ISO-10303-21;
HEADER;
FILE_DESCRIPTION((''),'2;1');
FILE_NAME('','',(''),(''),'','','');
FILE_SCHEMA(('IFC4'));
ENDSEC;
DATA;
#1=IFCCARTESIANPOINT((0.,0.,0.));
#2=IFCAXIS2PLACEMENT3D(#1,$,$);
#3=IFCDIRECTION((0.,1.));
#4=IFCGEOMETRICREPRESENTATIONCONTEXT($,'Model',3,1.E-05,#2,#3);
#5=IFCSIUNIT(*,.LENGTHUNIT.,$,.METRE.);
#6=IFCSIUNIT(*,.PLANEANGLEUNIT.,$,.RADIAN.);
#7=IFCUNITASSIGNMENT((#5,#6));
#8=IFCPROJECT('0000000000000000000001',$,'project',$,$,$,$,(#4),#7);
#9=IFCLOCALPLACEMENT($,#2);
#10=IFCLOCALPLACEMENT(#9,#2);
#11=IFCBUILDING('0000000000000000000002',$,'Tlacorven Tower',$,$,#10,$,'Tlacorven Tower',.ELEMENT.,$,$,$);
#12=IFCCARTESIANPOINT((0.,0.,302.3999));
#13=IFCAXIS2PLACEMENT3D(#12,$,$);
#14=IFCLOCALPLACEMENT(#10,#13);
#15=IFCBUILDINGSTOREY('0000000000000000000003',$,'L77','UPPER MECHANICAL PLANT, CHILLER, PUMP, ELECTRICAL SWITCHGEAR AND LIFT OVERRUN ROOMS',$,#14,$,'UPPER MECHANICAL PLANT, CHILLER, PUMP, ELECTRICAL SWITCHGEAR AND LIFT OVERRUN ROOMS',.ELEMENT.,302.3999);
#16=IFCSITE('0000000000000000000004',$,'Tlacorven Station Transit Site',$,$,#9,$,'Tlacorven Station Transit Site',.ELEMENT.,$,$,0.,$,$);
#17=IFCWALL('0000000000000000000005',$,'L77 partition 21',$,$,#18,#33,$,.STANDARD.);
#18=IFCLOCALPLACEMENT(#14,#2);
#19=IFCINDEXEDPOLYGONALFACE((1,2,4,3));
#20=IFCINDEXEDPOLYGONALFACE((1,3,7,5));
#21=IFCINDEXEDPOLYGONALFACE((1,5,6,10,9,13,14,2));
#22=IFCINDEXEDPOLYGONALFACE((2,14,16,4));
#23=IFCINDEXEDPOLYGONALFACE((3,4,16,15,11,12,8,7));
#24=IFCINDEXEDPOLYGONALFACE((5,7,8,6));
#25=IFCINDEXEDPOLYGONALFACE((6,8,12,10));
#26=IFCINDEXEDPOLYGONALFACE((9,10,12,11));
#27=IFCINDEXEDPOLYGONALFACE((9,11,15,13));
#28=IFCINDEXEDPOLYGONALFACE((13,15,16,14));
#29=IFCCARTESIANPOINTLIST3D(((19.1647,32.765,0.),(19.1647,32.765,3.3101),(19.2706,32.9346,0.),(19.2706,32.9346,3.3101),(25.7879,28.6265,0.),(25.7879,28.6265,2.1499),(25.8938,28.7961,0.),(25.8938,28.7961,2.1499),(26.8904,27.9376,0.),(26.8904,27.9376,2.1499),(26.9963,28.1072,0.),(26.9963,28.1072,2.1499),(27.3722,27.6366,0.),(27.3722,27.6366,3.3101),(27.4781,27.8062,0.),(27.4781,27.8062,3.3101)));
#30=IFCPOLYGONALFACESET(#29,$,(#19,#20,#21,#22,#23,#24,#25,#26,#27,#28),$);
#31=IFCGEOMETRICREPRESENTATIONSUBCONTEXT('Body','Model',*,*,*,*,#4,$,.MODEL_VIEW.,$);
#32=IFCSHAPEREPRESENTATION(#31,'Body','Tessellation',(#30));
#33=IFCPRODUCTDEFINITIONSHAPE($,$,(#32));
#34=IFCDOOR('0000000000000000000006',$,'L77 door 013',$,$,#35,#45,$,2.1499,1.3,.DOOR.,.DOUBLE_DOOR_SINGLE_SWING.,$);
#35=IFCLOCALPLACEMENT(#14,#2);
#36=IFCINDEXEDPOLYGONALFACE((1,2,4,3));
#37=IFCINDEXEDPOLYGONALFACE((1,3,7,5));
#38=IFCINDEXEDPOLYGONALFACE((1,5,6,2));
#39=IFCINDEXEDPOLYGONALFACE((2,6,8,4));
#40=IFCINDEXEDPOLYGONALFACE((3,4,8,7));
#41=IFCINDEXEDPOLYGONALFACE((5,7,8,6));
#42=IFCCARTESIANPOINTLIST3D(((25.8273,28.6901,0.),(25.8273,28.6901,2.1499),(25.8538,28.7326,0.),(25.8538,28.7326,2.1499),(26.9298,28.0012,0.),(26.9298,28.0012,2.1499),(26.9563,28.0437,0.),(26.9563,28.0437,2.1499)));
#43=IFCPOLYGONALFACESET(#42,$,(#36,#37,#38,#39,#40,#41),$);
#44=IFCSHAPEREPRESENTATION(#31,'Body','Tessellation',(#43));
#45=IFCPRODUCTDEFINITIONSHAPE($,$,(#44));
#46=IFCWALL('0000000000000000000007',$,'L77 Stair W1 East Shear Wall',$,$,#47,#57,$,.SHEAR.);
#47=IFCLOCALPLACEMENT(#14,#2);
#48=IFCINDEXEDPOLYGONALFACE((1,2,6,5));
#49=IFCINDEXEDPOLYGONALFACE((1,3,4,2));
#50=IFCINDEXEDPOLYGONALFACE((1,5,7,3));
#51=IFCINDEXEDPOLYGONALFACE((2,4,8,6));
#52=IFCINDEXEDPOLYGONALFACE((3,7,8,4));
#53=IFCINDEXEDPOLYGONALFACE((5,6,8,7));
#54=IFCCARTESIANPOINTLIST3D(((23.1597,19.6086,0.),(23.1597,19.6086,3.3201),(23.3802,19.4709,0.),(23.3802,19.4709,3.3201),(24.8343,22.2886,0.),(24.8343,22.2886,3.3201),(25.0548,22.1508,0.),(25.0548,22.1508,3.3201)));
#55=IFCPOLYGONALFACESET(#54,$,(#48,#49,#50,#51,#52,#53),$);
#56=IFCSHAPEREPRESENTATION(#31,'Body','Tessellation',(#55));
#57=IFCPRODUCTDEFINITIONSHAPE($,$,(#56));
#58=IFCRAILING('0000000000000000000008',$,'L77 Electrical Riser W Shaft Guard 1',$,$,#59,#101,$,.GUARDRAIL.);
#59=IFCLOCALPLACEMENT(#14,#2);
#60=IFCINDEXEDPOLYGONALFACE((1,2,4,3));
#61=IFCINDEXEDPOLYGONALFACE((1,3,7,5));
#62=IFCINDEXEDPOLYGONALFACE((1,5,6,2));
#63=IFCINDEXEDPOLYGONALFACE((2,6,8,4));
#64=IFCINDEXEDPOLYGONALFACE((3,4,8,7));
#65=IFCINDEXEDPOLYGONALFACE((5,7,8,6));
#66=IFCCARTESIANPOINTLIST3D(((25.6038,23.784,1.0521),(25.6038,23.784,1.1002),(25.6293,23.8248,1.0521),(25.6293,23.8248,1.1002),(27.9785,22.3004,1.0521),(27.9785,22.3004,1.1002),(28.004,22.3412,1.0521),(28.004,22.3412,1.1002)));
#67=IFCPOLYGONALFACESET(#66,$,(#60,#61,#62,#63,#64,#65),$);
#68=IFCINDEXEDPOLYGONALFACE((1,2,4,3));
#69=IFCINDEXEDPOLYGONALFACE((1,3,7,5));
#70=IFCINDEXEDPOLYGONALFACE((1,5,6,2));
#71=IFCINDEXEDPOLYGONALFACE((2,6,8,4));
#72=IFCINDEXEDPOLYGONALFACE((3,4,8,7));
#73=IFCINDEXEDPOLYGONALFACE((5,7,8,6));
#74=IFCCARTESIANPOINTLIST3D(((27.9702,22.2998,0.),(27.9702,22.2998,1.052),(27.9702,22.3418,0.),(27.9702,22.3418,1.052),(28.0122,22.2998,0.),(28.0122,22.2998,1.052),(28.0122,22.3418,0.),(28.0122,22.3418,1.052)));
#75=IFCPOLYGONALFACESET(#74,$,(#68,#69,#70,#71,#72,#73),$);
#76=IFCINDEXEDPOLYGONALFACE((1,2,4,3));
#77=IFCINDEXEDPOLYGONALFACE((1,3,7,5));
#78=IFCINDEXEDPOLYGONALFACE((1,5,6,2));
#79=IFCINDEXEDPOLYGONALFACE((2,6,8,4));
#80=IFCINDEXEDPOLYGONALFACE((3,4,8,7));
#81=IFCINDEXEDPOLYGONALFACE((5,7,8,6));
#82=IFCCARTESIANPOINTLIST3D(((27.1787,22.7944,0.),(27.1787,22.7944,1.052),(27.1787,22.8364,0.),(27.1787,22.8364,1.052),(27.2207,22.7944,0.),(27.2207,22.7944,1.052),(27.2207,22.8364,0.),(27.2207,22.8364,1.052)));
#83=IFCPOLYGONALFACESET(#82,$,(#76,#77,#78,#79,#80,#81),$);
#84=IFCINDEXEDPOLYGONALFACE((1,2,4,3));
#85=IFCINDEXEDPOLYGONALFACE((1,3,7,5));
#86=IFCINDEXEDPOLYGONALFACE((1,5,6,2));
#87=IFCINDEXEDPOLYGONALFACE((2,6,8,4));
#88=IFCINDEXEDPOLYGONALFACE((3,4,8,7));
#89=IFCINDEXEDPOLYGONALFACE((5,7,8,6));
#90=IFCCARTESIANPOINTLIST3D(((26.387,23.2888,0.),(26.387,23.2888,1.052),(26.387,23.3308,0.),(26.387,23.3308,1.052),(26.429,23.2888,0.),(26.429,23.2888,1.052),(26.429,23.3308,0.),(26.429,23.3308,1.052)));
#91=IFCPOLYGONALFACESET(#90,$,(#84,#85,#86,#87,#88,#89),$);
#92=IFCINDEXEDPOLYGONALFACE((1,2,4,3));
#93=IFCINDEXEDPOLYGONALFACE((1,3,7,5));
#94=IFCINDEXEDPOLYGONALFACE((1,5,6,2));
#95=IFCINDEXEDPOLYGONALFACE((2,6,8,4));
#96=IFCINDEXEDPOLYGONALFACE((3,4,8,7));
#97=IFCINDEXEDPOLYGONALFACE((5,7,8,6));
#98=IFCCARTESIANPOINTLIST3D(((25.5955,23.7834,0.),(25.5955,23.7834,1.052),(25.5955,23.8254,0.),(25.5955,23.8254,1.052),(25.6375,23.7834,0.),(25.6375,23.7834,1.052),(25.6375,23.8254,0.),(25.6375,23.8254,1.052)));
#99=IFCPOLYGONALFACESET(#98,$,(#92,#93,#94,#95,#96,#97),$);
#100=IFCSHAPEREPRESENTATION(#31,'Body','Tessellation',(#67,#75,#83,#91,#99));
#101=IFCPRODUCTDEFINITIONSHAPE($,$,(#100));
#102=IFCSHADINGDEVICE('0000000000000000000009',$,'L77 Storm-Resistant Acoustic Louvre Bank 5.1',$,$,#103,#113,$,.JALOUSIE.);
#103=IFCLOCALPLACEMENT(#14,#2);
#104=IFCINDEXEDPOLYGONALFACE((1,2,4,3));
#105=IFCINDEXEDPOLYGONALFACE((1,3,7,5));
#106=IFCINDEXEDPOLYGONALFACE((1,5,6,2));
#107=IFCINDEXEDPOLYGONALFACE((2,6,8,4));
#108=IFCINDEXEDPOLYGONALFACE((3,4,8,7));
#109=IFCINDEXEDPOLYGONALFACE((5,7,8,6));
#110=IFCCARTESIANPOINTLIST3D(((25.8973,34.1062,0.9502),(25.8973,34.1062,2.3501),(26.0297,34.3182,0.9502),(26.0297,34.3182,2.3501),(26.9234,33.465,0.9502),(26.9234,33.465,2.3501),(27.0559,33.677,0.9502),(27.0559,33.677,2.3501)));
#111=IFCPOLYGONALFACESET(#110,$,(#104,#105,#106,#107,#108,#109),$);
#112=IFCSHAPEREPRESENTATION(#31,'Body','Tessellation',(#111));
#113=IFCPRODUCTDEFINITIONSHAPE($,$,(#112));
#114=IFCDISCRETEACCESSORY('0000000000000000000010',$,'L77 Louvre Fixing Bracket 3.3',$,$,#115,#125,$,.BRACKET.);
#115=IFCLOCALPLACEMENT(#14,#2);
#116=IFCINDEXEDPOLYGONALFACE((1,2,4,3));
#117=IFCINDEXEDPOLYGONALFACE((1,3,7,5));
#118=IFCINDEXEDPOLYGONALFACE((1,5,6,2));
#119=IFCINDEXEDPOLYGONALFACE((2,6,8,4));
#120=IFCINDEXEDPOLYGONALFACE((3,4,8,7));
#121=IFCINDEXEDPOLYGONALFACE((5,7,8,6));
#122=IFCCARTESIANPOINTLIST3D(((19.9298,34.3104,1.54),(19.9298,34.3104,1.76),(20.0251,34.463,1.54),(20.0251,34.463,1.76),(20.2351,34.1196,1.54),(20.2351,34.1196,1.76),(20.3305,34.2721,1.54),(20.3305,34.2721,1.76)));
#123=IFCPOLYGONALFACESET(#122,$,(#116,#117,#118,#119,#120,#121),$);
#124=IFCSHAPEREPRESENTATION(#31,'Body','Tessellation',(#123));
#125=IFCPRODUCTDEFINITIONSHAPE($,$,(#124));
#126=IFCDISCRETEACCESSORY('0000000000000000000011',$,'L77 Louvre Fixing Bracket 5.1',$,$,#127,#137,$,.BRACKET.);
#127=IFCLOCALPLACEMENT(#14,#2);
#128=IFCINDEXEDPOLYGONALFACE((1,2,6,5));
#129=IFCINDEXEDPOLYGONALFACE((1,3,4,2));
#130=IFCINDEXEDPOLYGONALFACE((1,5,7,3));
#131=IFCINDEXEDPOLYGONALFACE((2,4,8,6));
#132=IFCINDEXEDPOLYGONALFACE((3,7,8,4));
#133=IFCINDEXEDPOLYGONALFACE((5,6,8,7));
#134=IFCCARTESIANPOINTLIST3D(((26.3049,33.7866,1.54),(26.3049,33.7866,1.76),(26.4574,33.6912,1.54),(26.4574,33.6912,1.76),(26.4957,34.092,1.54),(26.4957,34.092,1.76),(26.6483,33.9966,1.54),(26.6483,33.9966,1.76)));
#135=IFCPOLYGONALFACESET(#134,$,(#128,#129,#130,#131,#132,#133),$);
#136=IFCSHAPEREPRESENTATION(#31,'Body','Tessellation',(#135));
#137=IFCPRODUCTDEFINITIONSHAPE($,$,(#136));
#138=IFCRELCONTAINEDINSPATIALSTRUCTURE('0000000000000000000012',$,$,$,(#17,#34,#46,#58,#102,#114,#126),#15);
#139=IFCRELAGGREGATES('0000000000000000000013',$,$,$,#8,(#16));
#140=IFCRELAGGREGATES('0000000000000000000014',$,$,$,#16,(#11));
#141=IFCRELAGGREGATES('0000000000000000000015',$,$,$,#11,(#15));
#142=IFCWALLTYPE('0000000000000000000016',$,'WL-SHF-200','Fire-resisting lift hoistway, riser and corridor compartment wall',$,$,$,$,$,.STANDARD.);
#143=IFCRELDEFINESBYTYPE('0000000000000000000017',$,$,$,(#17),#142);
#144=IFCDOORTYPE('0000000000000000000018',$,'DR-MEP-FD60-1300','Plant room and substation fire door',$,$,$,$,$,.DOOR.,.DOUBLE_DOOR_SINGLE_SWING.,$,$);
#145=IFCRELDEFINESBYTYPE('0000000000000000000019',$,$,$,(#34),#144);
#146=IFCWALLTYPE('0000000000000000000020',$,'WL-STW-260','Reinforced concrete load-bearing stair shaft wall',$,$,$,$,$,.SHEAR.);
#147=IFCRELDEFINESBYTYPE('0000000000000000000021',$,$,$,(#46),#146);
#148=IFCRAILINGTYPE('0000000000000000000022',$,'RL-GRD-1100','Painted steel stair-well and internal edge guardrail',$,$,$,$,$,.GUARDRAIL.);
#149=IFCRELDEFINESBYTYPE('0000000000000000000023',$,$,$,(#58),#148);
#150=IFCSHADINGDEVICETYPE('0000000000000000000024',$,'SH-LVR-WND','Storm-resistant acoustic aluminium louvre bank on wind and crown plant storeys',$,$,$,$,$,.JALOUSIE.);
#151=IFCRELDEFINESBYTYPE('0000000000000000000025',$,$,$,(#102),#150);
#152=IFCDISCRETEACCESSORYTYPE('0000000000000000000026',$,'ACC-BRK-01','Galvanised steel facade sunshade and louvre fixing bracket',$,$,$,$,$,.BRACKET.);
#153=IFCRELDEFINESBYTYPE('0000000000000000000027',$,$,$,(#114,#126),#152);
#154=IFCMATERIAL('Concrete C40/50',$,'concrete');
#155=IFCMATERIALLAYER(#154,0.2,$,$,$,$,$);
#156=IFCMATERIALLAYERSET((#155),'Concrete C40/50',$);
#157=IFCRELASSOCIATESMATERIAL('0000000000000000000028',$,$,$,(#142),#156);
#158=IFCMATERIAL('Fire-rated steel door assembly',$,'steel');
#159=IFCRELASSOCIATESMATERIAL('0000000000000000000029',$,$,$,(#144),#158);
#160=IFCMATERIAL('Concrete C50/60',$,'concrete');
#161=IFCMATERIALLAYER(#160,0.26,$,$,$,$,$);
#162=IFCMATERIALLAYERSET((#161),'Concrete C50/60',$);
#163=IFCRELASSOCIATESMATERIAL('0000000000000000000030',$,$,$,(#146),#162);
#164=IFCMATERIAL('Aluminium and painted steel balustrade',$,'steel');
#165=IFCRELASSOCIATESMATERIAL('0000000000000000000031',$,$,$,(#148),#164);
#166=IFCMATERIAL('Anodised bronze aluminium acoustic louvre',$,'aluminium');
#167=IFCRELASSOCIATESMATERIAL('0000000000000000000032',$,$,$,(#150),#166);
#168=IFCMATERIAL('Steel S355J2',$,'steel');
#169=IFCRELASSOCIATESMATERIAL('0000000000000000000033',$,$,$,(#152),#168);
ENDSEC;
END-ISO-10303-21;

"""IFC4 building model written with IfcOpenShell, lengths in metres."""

from ifc_helpers import new_model, si_unit, direction, frame, frame_2d, origin, origin_2d, place, context, subcontext, project, spatial, rectangle, extrude, source, transform, mapped, material, layer, layer_set, type_object, element, fill, save


model = new_model("IFC4")

# Units and contexts
model_context = context("Model", 3, precision=1e-05, world=origin(), true_north=direction((0.0, 1.0)))
body_context = subcontext(model_context, "Body", "Model", "MODEL_VIEW")
ifc_project = project(units=[si_unit("LENGTHUNIT", "METRE"), si_unit("PLANEANGLEUNIT", "RADIAN")], contexts=[model_context])

# Site, building, storey
site_placement = place(None, origin())
site = spatial("IfcSite", under=ifc_project, at=site_placement, Name="Tlacorven Station Transit Site", LongName="Tlacorven Station Transit Site", CompositionType="ELEMENT", RefElevation=0.0)
building_placement = place(site_placement, origin())
building = spatial("IfcBuilding", under=site, at=building_placement, Name="Tlacorven Tower", LongName="Tlacorven Tower", CompositionType="ELEMENT")
storey_placement = place(building_placement, frame((0.0, 0.0, 302.3999)))
storey = spatial("IfcBuildingStorey", under=building, at=storey_placement, Name="L77", Description="UPPER MECHANICAL PLANT, CHILLER, PUMP, ELECTRICAL SWITCHGEAR AND LIFT OVERRUN ROOMS", LongName="UPPER MECHANICAL PLANT, CHILLER, PUMP, ELECTRICAL SWITCHGEAR AND LIFT OVERRUN ROOMS", CompositionType="ELEMENT", Elevation=302.3999)

# Shared definitions
ifc_material_1 = material(Name="Concrete C50/60", Category="concrete")

# Shared definitions
ifc_material_2 = material(Name="Concrete C40/50", Category="concrete")
ifc_layer_1 = layer(ifc_material_2, 0.2)
ifc_layer_set_1 = layer_set([ifc_layer_1], Name="Concrete C40/50")
wall_type_1 = type_object("IfcWallType", Name="WL-SHF-200", Description="Fire-resisting lift hoistway, riser and corridor compartment wall", PredefinedType="STANDARD", material=ifc_layer_set_1)

# Shared definitions
ifc_material_3 = material(Name="Fire-rated steel door assembly", Category="steel")

# Shared definitions
door_type_1 = type_object("IfcDoorType", Name="DR-MEP-FD60-1300", Description="Plant room and substation fire door", OperationType="DOUBLE_DOOR_SINGLE_SWING", PredefinedType="DOOR", material=ifc_material_3)
shared_shape_1 = source(origin(), body_context, "Body", "SweptSolid", [
    extrude(rectangle(XDim=1.3, YDim=2.1499, at=frame_2d((0.6499, 1.075))), frame((0.0, 0.0249, 0.0), z_axis=(0.0, -1.0, 0.0), x_axis=(1.0, 0.0, 0.0)), (0.0, 0.0, 1.0), 0.05),
])

# Wall, opening, door
wall_1_placement = place(storey_placement, frame((27.425, 27.7214, 0.0), z_axis=(0.0, 0.0, 1.0), x_axis=(-0.848058, 0.529904, 0.0)))
wall_1 = element("IfcWall", 1, at=wall_1_placement, inside=storey, type_object=wall_type_1, Name="L77 partition 21", PredefinedType="STANDARD", context=body_context, shape_type="SweptSolid", body=[
    extrude(rectangle(XDim=9.678, YDim=0.2, at=frame_2d((4.8389, 0.0))), origin(), (0.0, 0.0, 1.0), 3.3101),
])
opening_1_placement = place(wall_1_placement, frame((0.5681, 0.0, 0.0)))
opening_1 = element("IfcOpeningElement", 2, at=opening_1_placement, cuts=wall_1, PredefinedType="OPENING", context=body_context, shape_type="SweptSolid", body=[
    extrude(rectangle(XDim=1.3, YDim=2.1499, at=frame_2d((0.6499, 1.075))), frame((0.0, 0.1099, 0.0), z_axis=(0.0, -1.0, 0.0), x_axis=(1.0, 0.0, 0.0)), (0.0, 0.0, 1.0), 0.22),
])
door_1_placement = place(opening_1_placement, frame((1.3, 0.0, 0.0), z_axis=(0.0, 0.0, 1.0), x_axis=(-1.0, 0.0, 0.0)))
door_1 = element("IfcDoor", 3, at=door_1_placement, inside=storey, type_object=door_type_1, Name="L77 door 013", OperationType="DOUBLE_DOOR_SINGLE_SWING", OverallHeight=2.1499, OverallWidth=1.3, PredefinedType="DOOR", context=body_context, shape_type="MappedRepresentation", body=[
    mapped(shared_shape_1, transform((0.0, 0.0, 0.0), scale=1.0)),
])
fill(opening_1, door_1)

# Wall
ifc_layer_2 = layer(ifc_material_1, 0.26)
ifc_layer_set_2 = layer_set([ifc_layer_2], Name="Concrete C50/60")
wall_type_2 = type_object("IfcWallType", Name="WL-STW-260", Description="Reinforced concrete load-bearing stair shaft wall", PredefinedType="SHEAR", material=ifc_layer_set_2)
wall_2_placement = place(storey_placement, frame((24.9446, 22.2197, 0.0), z_axis=(0.0, 0.0, 1.0), x_axis=(-0.529909, -0.848055, 0.0)))
element("IfcWall", 4, at=wall_2_placement, inside=storey, type_object=wall_type_2, Name="L77 Stair W1 East Shear Wall", PredefinedType="SHEAR", context=body_context, shape_type="SweptSolid", body=[
    extrude(rectangle(XDim=3.1602, YDim=0.26, at=frame_2d((1.5801, 0.0))), origin(), (0.0, 0.0, 1.0), 3.3201),
])

# Railing
ifc_material_4 = material(Name="Aluminium and painted steel balustrade", Category="steel")
railing_type = type_object("IfcRailingType", Name="RL-GRD-1100", Description="Painted steel stair-well and internal edge guardrail", PredefinedType="GUARDRAIL", material=ifc_material_4)
shared_shape_2 = source(origin(), body_context, "Body", "SweptSolid", [
    extrude(rectangle(XDim=0.0481, YDim=0.0481, at=origin_2d()), frame((0.0, 0.0, 1.0762), z_axis=(-0.848091, 0.52985, 0.0), x_axis=(-0.52985, -0.848091, 0.0)), (0.0, 0.0, 1.0), 2.8),
    extrude(rectangle(XDim=0.042, YDim=0.042, at=origin_2d()), origin(), (0.0, 0.0, 1.0), 1.052),
    extrude(rectangle(XDim=0.042, YDim=0.042, at=origin_2d()), frame((-0.7915, 0.4946, 0.0)), (0.0, 0.0, 1.0), 1.052),
    extrude(rectangle(XDim=0.042, YDim=0.042, at=origin_2d()), frame((-1.5833, 0.989, 0.0)), (0.0, 0.0, 1.0), 1.052),
    extrude(rectangle(XDim=0.042, YDim=0.042, at=origin_2d()), frame((-2.3748, 1.4836, 0.0)), (0.0, 0.0, 1.0), 1.052),
])
railing_placement = place(storey_placement, frame((27.9912, 22.3208, 0.0)))
element("IfcRailing", 5, at=railing_placement, inside=storey, type_object=railing_type, Name="L77 Electrical Riser W Shaft Guard 1", PredefinedType="GUARDRAIL", context=body_context, shape_type="MappedRepresentation", body=[
    mapped(shared_shape_2, transform((0.0, 0.0, 0.0), scale=1.0)),
])

# Shading device
ifc_material_5 = material(Name="Anodised bronze aluminium acoustic louvre", Category="aluminium")
shading_device_type = type_object("IfcShadingDeviceType", Name="SH-LVR-WND", Description="Storm-resistant acoustic aluminium louvre bank on wind and crown plant storeys", PredefinedType="JALOUSIE", material=ifc_material_5)
shared_shape_3 = source(origin(), body_context, "Body", "SweptSolid", [
    extrude(rectangle(XDim=1.21, YDim=0.25, at=origin_2d()), origin(), (0.0, 0.0, 1.0), 1.3999),
])
shading_device_placement = place(storey_placement, frame((26.4766, 33.8916, 0.9502), z_axis=(0.0, 0.0, 1.0), x_axis=(0.848048, -0.529919, 0.0)))
element("IfcShadingDevice", 6, at=shading_device_placement, inside=storey, type_object=shading_device_type, Name="L77 Storm-Resistant Acoustic Louvre Bank 5.1", PredefinedType="JALOUSIE", context=body_context, shape_type="MappedRepresentation", body=[
    mapped(shared_shape_3, transform((0.0, 0.0, 0.0), scale=1.0)),
])

# Discrete accessories
ifc_material_6 = material(Name="Steel S355J2", Category="steel")
discrete_accessory_type = type_object("IfcDiscreteAccessoryType", Name="ACC-BRK-01", Description="Galvanised steel facade sunshade and louvre fixing bracket", PredefinedType="BRACKET", material=ifc_material_6)
shared_shape_4 = source(origin(), body_context, "Body", "SweptSolid", [
    extrude(rectangle(XDim=0.1799, YDim=0.3601, at=origin_2d()), origin(), (0.0, 0.0, 1.0), 0.22),
])
for number, where, z_axis, x_axis, name in (
    (7, (20.1301, 34.2913, 1.54), (0.0, 0.0, 1.0), (0.529919, 0.848048, 0.0), "L77 Louvre Fixing Bracket 3.3"),
    (8, (26.4766, 33.8916, 1.54), (0.0, 0.0, 1.0), (0.848048, -0.529919, 0.0), "L77 Louvre Fixing Bracket 5.1"),
):
    element("IfcDiscreteAccessory", number, at=place(storey_placement, frame(where, z_axis=z_axis, x_axis=x_axis)), inside=storey, type_object=discrete_accessory_type, Name=name, PredefinedType="BRACKET", context=body_context, shape_type="MappedRepresentation", body=[
        mapped(shared_shape_4, transform((0.0, 0.0, 0.0), scale=1.0)),
    ])

save(model, "model.ifc")
